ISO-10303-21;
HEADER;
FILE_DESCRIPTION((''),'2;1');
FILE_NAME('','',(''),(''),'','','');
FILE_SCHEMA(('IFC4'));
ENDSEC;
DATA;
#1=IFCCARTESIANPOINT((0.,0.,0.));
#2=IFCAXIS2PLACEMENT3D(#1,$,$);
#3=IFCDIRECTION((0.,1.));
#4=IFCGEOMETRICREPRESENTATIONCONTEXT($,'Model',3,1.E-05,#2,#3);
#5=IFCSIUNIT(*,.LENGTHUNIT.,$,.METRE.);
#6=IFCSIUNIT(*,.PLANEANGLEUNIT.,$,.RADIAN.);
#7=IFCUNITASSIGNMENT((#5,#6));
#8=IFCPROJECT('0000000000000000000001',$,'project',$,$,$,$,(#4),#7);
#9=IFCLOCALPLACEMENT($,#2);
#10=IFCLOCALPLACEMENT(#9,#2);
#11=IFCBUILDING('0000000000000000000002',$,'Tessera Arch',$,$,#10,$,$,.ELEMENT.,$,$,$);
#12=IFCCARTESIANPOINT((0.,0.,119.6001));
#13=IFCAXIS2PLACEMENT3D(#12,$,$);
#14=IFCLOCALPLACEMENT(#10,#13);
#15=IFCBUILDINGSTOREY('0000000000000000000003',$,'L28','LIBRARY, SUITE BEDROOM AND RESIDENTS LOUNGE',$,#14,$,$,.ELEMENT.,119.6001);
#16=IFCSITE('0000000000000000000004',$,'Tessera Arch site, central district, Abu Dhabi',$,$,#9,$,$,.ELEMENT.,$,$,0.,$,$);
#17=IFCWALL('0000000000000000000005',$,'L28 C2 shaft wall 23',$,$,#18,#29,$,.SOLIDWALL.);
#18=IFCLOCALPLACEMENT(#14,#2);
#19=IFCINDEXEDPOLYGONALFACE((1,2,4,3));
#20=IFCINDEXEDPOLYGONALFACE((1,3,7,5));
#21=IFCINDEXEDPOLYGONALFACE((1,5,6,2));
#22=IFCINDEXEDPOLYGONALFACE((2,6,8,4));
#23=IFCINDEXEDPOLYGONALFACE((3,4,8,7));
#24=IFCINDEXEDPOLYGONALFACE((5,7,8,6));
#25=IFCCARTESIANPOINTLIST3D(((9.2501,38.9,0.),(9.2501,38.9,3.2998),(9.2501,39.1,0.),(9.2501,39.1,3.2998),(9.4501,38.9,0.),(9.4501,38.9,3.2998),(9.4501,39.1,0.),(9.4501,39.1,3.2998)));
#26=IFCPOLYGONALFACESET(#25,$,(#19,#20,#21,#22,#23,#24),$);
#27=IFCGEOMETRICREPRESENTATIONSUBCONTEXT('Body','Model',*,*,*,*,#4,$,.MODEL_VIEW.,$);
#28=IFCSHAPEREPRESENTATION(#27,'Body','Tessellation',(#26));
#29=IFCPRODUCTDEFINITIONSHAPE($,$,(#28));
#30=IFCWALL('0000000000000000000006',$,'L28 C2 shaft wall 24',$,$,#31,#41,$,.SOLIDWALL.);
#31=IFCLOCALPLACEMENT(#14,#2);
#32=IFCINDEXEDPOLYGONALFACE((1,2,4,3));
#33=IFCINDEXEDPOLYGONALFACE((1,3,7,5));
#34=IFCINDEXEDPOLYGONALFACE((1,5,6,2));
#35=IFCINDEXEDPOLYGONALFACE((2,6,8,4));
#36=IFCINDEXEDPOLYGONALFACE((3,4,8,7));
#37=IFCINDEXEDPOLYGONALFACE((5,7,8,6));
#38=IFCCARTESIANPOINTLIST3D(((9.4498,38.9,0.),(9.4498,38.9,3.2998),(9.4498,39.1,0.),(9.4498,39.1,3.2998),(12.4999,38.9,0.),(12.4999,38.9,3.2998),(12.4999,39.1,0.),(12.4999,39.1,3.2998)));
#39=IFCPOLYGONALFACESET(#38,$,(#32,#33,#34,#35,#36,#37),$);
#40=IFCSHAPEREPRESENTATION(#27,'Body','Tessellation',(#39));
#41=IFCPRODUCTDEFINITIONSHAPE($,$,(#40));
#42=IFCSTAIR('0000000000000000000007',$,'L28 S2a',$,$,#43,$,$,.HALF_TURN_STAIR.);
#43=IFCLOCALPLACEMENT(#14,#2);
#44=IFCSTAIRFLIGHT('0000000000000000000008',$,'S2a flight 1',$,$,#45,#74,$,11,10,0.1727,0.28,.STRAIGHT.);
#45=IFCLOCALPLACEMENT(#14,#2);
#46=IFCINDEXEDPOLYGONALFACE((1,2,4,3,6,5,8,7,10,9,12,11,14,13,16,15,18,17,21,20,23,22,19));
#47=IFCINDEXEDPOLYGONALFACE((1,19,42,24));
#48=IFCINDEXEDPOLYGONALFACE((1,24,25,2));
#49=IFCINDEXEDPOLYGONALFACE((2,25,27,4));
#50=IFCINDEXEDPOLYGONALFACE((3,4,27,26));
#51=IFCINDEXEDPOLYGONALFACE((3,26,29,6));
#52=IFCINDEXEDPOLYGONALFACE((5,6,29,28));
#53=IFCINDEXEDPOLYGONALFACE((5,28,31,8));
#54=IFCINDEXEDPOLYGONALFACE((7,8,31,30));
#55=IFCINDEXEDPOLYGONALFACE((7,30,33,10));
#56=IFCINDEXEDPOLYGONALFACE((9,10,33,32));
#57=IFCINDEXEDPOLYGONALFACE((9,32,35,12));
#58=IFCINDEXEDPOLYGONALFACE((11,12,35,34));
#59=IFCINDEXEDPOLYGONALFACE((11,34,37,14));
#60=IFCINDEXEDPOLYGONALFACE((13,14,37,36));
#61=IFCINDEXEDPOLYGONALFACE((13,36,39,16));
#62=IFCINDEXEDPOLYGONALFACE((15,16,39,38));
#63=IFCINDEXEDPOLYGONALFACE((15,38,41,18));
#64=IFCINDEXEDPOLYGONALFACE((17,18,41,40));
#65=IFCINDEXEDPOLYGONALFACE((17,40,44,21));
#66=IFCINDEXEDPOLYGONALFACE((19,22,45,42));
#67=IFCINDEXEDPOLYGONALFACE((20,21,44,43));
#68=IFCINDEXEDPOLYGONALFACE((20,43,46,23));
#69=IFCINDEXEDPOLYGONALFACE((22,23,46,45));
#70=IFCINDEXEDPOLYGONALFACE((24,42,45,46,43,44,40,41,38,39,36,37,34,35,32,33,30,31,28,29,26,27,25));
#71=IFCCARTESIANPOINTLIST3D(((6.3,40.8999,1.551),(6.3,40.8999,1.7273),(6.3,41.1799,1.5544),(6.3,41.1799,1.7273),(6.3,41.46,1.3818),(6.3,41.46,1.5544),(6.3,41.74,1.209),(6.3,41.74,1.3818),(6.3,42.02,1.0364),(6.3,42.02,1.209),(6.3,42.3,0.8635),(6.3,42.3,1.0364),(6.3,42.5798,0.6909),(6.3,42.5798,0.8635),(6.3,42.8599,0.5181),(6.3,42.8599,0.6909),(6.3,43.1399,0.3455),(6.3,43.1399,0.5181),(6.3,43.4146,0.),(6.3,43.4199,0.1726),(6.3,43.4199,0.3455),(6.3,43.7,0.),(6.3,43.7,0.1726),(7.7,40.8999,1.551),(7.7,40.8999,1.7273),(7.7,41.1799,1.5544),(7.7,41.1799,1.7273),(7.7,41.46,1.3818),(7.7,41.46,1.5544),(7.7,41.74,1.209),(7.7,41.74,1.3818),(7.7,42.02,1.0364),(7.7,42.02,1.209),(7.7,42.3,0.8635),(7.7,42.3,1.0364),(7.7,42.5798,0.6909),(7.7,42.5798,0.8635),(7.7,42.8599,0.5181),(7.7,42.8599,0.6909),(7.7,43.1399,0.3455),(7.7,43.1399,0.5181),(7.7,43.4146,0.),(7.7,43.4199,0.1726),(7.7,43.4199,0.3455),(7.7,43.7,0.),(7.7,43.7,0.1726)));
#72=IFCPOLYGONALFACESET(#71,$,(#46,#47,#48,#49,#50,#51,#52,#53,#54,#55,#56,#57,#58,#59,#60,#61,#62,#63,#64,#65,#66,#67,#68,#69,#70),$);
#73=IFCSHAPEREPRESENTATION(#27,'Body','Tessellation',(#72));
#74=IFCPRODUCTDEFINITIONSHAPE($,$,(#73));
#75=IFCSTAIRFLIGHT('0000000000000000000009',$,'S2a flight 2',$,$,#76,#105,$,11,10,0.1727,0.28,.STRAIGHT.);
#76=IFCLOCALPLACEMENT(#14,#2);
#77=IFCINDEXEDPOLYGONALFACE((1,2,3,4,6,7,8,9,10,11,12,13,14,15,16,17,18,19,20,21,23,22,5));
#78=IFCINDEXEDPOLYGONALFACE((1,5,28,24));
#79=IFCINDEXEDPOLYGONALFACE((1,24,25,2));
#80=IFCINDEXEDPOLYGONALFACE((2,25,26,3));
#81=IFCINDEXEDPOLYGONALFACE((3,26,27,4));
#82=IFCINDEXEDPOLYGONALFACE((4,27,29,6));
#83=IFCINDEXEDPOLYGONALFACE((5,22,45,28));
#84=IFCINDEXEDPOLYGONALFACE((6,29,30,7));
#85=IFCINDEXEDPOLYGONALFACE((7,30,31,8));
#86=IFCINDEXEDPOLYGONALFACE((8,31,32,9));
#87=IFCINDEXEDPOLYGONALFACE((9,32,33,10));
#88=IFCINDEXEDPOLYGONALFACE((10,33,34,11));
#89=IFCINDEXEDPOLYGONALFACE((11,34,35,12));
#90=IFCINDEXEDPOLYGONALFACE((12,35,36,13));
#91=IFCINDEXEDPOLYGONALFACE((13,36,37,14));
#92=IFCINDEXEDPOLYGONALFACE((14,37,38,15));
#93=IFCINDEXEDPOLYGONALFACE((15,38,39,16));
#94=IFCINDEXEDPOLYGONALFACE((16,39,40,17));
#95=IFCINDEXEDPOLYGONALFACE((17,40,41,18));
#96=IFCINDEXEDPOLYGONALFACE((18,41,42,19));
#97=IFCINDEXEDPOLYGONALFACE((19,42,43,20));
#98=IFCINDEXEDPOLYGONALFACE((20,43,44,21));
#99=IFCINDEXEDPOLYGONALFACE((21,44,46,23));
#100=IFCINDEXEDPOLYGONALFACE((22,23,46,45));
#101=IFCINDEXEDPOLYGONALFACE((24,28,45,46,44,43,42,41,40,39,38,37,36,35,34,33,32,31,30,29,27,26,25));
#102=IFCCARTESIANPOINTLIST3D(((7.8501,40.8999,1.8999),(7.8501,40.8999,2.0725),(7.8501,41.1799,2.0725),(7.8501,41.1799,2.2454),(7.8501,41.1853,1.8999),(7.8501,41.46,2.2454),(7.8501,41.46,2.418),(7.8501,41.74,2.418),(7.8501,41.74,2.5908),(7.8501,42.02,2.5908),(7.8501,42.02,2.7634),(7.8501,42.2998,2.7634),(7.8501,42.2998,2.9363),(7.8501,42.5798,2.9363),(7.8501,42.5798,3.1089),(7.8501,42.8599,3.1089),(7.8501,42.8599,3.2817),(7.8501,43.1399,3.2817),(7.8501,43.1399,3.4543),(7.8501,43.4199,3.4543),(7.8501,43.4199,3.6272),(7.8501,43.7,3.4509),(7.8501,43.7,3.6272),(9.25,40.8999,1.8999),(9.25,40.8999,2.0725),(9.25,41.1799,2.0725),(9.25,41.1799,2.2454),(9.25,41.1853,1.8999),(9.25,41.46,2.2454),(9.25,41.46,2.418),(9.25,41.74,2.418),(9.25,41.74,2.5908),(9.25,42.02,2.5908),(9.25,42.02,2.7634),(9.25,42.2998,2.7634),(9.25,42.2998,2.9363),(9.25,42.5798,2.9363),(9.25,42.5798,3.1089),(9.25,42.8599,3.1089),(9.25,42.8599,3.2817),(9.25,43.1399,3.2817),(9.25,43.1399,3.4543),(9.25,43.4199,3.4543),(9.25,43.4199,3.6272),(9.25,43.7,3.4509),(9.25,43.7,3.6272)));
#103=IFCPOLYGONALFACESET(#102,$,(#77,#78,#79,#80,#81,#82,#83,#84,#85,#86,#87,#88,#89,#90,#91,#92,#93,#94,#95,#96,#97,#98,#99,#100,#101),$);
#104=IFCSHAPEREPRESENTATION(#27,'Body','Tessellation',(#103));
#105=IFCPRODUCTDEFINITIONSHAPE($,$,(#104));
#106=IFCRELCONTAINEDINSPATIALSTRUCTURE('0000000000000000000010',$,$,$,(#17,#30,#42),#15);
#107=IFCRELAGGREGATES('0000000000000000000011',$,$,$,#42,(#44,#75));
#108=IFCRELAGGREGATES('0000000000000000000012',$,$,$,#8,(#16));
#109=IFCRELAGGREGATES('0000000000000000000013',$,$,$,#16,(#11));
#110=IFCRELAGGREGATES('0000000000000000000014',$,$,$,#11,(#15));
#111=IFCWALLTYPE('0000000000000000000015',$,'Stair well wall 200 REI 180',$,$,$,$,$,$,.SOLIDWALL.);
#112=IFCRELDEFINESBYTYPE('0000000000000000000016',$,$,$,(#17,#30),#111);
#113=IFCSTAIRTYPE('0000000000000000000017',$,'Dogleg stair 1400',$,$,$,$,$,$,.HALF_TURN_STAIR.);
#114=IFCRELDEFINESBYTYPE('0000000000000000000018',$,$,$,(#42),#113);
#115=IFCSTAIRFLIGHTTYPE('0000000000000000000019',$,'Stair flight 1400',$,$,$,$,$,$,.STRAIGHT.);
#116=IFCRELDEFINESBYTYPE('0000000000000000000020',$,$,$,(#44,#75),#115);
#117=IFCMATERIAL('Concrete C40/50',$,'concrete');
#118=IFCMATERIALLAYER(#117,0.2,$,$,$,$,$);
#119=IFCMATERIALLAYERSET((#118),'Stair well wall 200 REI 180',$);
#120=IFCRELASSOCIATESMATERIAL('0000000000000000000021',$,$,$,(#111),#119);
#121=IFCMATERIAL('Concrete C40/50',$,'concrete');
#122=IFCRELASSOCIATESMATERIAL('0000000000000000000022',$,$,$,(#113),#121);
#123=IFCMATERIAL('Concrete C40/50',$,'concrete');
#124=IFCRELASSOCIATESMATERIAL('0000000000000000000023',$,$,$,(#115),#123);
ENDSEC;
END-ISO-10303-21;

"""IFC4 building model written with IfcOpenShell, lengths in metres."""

from ifc_helpers import new_model, si_unit, direction, frame, frame_2d, origin, place, context, subcontext, project, spatial, polyline, rectangle, outline, extrude, material, layer, layer_set, type_object, element, aggregate, save


model = new_model("IFC4")

# Units and contexts
model_context = context("Model", 3, precision=1e-05, world=origin(), true_north=direction((0.0, 1.0)))
body_context = subcontext(model_context, "Body", "Model", "MODEL_VIEW")
ifc_project = project(units=[si_unit("LENGTHUNIT", "METRE"), si_unit("PLANEANGLEUNIT", "RADIAN")], contexts=[model_context])

# Site, building, storey
site_placement = place(None, origin())
site = spatial("IfcSite", under=ifc_project, at=site_placement, Name="Tessera Arch site, central district, Abu Dhabi", CompositionType="ELEMENT", RefElevation=0.0)
building_placement = place(site_placement, origin())
building = spatial("IfcBuilding", under=site, at=building_placement, Name="Tessera Arch", CompositionType="ELEMENT")
storey_placement = place(building_placement, frame((0.0, 0.0, 119.6001)))
storey = spatial("IfcBuildingStorey", under=building, at=storey_placement, Name="L28", Description="LIBRARY, SUITE BEDROOM AND RESIDENTS LOUNGE", CompositionType="ELEMENT", Elevation=119.6001)

# Walls
ifc_material_1 = material(Name="Concrete C40/50", Category="concrete")
ifc_layer_1 = layer(ifc_material_1, 0.2)
ifc_layer_set_1 = layer_set([ifc_layer_1], Name="Stair well wall 200 REI 180")
wall_type_1 = type_object("IfcWallType", Name="Stair well wall 200 REI 180", PredefinedType="SOLIDWALL", material=ifc_layer_set_1)
wall_1_placement = place(storey_placement, frame((9.25, 39.0, 0.0), z_axis=(0.0, 0.0, 1.0), x_axis=(1.0, 0.0, 0.0)))
element("IfcWall", 1, at=wall_1_placement, inside=storey, type_object=wall_type_1, Name="L28 C2 shaft wall 23", PredefinedType="SOLIDWALL", context=body_context, shape_type="SweptSolid", body=[
    extrude(rectangle(XDim=0.2, YDim=0.2, at=frame_2d((0.1001, 0.0))), origin(), (0.0, 0.0, 1.0), 3.2998),
])
wall_2_placement = place(storey_placement, frame((9.45, 39.0, 0.0), z_axis=(0.0, 0.0, 1.0), x_axis=(1.0, 0.0, 0.0)))
element("IfcWall", 2, at=wall_2_placement, inside=storey, type_object=wall_type_1, Name="L28 C2 shaft wall 24", PredefinedType="SOLIDWALL", context=body_context, shape_type="SweptSolid", body=[
    extrude(rectangle(XDim=3.05, YDim=0.2, at=frame_2d((1.5249, 0.0))), origin(), (0.0, 0.0, 1.0), 3.2998),
])

# Stair, stair flights
ifc_material_2 = material(Name="Concrete C40/50", Category="concrete")
stair_type = type_object("IfcStairType", Name="Dogleg stair 1400", PredefinedType="HALF_TURN_STAIR", material=ifc_material_2)
stair_placement = place(storey_placement, origin())
stair = element("IfcStair", 3, at=stair_placement, inside=storey, type_object=stair_type, Name="L28 S2a", PredefinedType="HALF_TURN_STAIR")
ifc_material_3 = material(Name="Concrete C40/50", Category="concrete")
stair_flight_type = type_object("IfcStairFlightType", Name="Stair flight 1400", PredefinedType="STRAIGHT", material=ifc_material_3)
stair_flight_1_placement = place(storey_placement, frame((7.0, 43.7, 0.0), z_axis=(0.0, 0.0, 1.0), x_axis=(0.0, -1.0, 0.0)))
stair_flight_1 = element("IfcStairFlight", 4, at=stair_flight_1_placement, type_object=stair_flight_type, Name="S2a flight 1", NumberOfRisers=11, NumberOfTreads=10, PredefinedType="STRAIGHT", RiserHeight=0.1727, TreadLength=0.28, context=body_context, shape_type="SweptSolid", body=[
    extrude(outline(polyline([(0.0, 0.0), (0.0, 0.1726), (0.28, 0.1726), (0.28, 0.3455), (0.5601, 0.3455), (0.5601, 0.5181), (0.8401, 0.5181), (0.8401, 0.6909), (1.1201, 0.6909), (1.1201, 0.8635), (1.3999, 0.8635), (1.3999, 1.0364), (1.6799, 1.0364), (1.6799, 1.209), (1.96, 1.209), (1.96, 1.3818), (2.24, 1.3818), (2.24, 1.5544), (2.52, 1.5544), (2.52, 1.7273), (2.8, 1.7273), (2.8, 1.8999), (2.8, 1.551), (0.2854, 0.0), (0.0, 0.0)])), frame((0.0, 0.7, 0.0), z_axis=(0.0, -1.0, 0.0), x_axis=(1.0, 0.0, 0.0)), (0.0, 0.0, 1.0), 1.3999),
])
stair_flight_2_placement = place(storey_placement, frame((8.55, 40.8999, 1.8999), z_axis=(0.0, 0.0, 1.0), x_axis=(0.0, 1.0, 0.0)))
stair_flight_2 = element("IfcStairFlight", 5, at=stair_flight_2_placement, type_object=stair_flight_type, Name="S2a flight 2", NumberOfRisers=11, NumberOfTreads=10, PredefinedType="STRAIGHT", RiserHeight=0.1727, TreadLength=0.28, context=body_context, shape_type="SweptSolid", body=[
    extrude(outline(polyline([(0.0, 0.0), (0.0, 0.1726), (0.28, 0.1726), (0.28, 0.3455), (0.5601, 0.3455), (0.5601, 0.5181), (0.8401, 0.5181), (0.8401, 0.6909), (1.1201, 0.6909), (1.1201, 0.8635), (1.3999, 0.8635), (1.3999, 1.0364), (1.6799, 1.0364), (1.6799, 1.209), (1.96, 1.209), (1.96, 1.3818), (2.24, 1.3818), (2.24, 1.5544), (2.52, 1.5544), (2.52, 1.7273), (2.8, 1.7273), (2.8, 1.8999), (2.8, 1.551), (0.2854, 0.0), (0.0, 0.0)])), frame((0.0, 0.7, 0.0), z_axis=(0.0, -1.0, 0.0), x_axis=(1.0, 0.0, 0.0)), (0.0, 0.0, 1.0), 1.3999),
])
aggregate(stair, [stair_flight_1, stair_flight_2])

save(model, "model.ifc")
